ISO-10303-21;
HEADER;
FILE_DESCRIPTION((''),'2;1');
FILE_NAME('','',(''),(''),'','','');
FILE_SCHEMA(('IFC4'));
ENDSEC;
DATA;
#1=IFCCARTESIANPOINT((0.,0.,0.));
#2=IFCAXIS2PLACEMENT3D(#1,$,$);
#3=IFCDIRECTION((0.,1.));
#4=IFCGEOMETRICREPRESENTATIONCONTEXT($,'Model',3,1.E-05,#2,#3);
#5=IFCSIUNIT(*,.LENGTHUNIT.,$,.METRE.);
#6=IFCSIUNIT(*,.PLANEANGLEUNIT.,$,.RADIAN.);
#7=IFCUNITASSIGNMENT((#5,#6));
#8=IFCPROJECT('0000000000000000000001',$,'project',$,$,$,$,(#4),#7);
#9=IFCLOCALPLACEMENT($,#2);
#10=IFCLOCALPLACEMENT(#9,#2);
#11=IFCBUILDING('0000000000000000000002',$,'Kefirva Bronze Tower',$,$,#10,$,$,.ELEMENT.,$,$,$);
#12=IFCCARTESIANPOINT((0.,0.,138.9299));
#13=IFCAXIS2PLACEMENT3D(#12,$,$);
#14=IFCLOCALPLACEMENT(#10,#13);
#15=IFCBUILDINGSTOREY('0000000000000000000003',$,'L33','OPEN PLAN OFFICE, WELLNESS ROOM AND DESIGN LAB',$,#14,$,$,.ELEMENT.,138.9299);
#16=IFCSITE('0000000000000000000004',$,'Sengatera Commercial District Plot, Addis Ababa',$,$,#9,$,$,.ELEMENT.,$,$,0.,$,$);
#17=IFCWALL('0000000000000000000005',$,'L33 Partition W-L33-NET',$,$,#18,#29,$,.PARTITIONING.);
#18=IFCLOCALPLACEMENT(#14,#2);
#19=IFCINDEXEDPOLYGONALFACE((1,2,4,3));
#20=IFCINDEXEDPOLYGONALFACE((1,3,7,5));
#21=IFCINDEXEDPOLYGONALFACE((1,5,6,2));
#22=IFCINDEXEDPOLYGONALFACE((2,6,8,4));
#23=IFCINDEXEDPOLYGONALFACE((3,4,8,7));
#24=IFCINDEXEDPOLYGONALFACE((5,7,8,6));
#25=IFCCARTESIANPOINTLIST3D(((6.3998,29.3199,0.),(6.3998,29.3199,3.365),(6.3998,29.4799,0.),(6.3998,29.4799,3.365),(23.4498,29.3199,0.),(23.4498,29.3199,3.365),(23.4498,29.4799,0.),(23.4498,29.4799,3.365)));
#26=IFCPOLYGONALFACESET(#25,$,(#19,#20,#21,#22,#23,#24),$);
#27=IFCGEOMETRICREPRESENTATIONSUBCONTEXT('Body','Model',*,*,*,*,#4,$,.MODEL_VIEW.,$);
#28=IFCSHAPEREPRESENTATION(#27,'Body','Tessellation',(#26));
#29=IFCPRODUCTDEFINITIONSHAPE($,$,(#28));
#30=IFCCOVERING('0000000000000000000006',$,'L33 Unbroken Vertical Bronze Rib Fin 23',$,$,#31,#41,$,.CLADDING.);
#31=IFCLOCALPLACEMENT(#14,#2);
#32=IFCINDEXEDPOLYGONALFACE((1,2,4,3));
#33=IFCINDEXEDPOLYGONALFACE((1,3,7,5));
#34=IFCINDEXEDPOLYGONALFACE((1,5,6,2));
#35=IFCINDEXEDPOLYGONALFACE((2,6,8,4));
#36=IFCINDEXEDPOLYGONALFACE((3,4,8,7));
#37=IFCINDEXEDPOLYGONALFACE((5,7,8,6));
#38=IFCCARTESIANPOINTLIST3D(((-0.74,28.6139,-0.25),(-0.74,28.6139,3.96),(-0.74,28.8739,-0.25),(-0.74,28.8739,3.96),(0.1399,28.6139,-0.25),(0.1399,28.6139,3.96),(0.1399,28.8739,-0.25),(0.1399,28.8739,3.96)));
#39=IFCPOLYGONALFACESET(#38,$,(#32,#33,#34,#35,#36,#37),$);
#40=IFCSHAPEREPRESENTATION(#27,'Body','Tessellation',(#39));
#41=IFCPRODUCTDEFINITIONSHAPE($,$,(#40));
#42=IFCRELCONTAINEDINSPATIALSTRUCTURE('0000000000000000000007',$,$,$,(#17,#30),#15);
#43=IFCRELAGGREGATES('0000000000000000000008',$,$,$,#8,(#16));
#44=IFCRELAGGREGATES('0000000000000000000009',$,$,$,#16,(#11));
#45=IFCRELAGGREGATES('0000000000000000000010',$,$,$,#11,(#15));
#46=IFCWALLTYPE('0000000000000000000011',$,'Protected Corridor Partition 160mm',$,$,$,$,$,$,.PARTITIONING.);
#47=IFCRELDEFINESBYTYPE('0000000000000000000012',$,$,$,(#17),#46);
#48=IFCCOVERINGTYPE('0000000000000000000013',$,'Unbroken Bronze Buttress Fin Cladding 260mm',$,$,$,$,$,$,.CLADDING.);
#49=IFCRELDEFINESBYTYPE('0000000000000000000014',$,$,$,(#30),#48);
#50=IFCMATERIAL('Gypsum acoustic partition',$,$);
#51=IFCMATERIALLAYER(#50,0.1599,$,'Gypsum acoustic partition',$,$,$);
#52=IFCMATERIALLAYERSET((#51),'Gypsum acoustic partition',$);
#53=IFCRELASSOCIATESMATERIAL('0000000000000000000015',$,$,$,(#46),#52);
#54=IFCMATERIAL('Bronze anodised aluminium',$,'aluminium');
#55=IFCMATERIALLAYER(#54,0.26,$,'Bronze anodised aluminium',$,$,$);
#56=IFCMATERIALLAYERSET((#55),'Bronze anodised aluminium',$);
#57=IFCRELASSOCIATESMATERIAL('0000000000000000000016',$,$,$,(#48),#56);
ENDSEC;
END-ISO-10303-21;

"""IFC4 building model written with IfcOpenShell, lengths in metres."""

from ifc_helpers import new_model, si_unit, direction, frame, frame_2d, origin, origin_2d, place, context, subcontext, project, spatial, rectangle, extrude, material, layer, layer_set, type_object, element, save


model = new_model("IFC4")

# Units and contexts
model_context = context("Model", 3, precision=1e-05, world=origin(), true_north=direction((0.0, 1.0)))
body_context = subcontext(model_context, "Body", "Model", "MODEL_VIEW")
ifc_project = project(units=[si_unit("LENGTHUNIT", "METRE"), si_unit("PLANEANGLEUNIT", "RADIAN")], contexts=[model_context])

# Site, building, storey
site_placement = place(None, origin())
site = spatial("IfcSite", under=ifc_project, at=site_placement, Name="Sengatera Commercial District Plot, Addis Ababa", CompositionType="ELEMENT", RefElevation=0.0)
building_placement = place(site_placement, origin())
building = spatial("IfcBuilding", under=site, at=building_placement, Name="Kefirva Bronze Tower", CompositionType="ELEMENT")
storey_placement = place(building_placement, frame((0.0, 0.0, 138.9299)))
storey = spatial("IfcBuildingStorey", under=building, at=storey_placement, Name="L33", Description="OPEN PLAN OFFICE, WELLNESS ROOM AND DESIGN LAB", CompositionType="ELEMENT", Elevation=138.9299)

# Shared definitions
ifc_material_1 = material(Name="Bronze anodised aluminium", Category="aluminium")

# Wall
ifc_material_2 = material(Name="Gypsum acoustic partition")
ifc_layer_1 = layer(ifc_material_2, 0.1599, Name="Gypsum acoustic partition")
ifc_layer_set_1 = layer_set([ifc_layer_1], Name="Gypsum acoustic partition")
wall_type_1 = type_object("IfcWallType", Name="Protected Corridor Partition 160mm", PredefinedType="PARTITIONING", material=ifc_layer_set_1)
wall_1_placement = place(storey_placement, frame((6.3999, 29.3999, 0.0), z_axis=(0.0, 0.0, 1.0), x_axis=(1.0, 0.0, 0.0)))
element("IfcWall", 1, at=wall_1_placement, inside=storey, type_object=wall_type_1, Name="L33 Partition W-L33-NET", PredefinedType="PARTITIONING", context=body_context, shape_type="SweptSolid", body=[
    extrude(rectangle(XDim=17.05, YDim=0.1599, at=frame_2d((8.5249, 0.0))), origin(), (0.0, 0.0, 1.0), 3.365),
])

# Covering
ifc_layer_2 = layer(ifc_material_1, 0.26, Name="Bronze anodised aluminium")
ifc_layer_set_2 = layer_set([ifc_layer_2], Name="Bronze anodised aluminium")
covering_type = type_object("IfcCoveringType", Name="Unbroken Bronze Buttress Fin Cladding 260mm", PredefinedType="CLADDING", material=ifc_layer_set_2)
covering_placement = place(storey_placement, frame((-0.3, 28.7439, -0.25), z_axis=(0.0, 0.0, 1.0), x_axis=(0.0, -1.0, 0.0)))
element("IfcCovering", 2, at=covering_placement, inside=storey, type_object=covering_type, Name="L33 Unbroken Vertical Bronze Rib Fin 23", PredefinedType="CLADDING", context=body_context, shape_type="SweptSolid", body=[
    extrude(rectangle(XDim=0.26, YDim=0.8799, at=origin_2d()), origin(), (0.0, 0.0, 1.0), 4.21),
])

save(model, "model.ifc")
